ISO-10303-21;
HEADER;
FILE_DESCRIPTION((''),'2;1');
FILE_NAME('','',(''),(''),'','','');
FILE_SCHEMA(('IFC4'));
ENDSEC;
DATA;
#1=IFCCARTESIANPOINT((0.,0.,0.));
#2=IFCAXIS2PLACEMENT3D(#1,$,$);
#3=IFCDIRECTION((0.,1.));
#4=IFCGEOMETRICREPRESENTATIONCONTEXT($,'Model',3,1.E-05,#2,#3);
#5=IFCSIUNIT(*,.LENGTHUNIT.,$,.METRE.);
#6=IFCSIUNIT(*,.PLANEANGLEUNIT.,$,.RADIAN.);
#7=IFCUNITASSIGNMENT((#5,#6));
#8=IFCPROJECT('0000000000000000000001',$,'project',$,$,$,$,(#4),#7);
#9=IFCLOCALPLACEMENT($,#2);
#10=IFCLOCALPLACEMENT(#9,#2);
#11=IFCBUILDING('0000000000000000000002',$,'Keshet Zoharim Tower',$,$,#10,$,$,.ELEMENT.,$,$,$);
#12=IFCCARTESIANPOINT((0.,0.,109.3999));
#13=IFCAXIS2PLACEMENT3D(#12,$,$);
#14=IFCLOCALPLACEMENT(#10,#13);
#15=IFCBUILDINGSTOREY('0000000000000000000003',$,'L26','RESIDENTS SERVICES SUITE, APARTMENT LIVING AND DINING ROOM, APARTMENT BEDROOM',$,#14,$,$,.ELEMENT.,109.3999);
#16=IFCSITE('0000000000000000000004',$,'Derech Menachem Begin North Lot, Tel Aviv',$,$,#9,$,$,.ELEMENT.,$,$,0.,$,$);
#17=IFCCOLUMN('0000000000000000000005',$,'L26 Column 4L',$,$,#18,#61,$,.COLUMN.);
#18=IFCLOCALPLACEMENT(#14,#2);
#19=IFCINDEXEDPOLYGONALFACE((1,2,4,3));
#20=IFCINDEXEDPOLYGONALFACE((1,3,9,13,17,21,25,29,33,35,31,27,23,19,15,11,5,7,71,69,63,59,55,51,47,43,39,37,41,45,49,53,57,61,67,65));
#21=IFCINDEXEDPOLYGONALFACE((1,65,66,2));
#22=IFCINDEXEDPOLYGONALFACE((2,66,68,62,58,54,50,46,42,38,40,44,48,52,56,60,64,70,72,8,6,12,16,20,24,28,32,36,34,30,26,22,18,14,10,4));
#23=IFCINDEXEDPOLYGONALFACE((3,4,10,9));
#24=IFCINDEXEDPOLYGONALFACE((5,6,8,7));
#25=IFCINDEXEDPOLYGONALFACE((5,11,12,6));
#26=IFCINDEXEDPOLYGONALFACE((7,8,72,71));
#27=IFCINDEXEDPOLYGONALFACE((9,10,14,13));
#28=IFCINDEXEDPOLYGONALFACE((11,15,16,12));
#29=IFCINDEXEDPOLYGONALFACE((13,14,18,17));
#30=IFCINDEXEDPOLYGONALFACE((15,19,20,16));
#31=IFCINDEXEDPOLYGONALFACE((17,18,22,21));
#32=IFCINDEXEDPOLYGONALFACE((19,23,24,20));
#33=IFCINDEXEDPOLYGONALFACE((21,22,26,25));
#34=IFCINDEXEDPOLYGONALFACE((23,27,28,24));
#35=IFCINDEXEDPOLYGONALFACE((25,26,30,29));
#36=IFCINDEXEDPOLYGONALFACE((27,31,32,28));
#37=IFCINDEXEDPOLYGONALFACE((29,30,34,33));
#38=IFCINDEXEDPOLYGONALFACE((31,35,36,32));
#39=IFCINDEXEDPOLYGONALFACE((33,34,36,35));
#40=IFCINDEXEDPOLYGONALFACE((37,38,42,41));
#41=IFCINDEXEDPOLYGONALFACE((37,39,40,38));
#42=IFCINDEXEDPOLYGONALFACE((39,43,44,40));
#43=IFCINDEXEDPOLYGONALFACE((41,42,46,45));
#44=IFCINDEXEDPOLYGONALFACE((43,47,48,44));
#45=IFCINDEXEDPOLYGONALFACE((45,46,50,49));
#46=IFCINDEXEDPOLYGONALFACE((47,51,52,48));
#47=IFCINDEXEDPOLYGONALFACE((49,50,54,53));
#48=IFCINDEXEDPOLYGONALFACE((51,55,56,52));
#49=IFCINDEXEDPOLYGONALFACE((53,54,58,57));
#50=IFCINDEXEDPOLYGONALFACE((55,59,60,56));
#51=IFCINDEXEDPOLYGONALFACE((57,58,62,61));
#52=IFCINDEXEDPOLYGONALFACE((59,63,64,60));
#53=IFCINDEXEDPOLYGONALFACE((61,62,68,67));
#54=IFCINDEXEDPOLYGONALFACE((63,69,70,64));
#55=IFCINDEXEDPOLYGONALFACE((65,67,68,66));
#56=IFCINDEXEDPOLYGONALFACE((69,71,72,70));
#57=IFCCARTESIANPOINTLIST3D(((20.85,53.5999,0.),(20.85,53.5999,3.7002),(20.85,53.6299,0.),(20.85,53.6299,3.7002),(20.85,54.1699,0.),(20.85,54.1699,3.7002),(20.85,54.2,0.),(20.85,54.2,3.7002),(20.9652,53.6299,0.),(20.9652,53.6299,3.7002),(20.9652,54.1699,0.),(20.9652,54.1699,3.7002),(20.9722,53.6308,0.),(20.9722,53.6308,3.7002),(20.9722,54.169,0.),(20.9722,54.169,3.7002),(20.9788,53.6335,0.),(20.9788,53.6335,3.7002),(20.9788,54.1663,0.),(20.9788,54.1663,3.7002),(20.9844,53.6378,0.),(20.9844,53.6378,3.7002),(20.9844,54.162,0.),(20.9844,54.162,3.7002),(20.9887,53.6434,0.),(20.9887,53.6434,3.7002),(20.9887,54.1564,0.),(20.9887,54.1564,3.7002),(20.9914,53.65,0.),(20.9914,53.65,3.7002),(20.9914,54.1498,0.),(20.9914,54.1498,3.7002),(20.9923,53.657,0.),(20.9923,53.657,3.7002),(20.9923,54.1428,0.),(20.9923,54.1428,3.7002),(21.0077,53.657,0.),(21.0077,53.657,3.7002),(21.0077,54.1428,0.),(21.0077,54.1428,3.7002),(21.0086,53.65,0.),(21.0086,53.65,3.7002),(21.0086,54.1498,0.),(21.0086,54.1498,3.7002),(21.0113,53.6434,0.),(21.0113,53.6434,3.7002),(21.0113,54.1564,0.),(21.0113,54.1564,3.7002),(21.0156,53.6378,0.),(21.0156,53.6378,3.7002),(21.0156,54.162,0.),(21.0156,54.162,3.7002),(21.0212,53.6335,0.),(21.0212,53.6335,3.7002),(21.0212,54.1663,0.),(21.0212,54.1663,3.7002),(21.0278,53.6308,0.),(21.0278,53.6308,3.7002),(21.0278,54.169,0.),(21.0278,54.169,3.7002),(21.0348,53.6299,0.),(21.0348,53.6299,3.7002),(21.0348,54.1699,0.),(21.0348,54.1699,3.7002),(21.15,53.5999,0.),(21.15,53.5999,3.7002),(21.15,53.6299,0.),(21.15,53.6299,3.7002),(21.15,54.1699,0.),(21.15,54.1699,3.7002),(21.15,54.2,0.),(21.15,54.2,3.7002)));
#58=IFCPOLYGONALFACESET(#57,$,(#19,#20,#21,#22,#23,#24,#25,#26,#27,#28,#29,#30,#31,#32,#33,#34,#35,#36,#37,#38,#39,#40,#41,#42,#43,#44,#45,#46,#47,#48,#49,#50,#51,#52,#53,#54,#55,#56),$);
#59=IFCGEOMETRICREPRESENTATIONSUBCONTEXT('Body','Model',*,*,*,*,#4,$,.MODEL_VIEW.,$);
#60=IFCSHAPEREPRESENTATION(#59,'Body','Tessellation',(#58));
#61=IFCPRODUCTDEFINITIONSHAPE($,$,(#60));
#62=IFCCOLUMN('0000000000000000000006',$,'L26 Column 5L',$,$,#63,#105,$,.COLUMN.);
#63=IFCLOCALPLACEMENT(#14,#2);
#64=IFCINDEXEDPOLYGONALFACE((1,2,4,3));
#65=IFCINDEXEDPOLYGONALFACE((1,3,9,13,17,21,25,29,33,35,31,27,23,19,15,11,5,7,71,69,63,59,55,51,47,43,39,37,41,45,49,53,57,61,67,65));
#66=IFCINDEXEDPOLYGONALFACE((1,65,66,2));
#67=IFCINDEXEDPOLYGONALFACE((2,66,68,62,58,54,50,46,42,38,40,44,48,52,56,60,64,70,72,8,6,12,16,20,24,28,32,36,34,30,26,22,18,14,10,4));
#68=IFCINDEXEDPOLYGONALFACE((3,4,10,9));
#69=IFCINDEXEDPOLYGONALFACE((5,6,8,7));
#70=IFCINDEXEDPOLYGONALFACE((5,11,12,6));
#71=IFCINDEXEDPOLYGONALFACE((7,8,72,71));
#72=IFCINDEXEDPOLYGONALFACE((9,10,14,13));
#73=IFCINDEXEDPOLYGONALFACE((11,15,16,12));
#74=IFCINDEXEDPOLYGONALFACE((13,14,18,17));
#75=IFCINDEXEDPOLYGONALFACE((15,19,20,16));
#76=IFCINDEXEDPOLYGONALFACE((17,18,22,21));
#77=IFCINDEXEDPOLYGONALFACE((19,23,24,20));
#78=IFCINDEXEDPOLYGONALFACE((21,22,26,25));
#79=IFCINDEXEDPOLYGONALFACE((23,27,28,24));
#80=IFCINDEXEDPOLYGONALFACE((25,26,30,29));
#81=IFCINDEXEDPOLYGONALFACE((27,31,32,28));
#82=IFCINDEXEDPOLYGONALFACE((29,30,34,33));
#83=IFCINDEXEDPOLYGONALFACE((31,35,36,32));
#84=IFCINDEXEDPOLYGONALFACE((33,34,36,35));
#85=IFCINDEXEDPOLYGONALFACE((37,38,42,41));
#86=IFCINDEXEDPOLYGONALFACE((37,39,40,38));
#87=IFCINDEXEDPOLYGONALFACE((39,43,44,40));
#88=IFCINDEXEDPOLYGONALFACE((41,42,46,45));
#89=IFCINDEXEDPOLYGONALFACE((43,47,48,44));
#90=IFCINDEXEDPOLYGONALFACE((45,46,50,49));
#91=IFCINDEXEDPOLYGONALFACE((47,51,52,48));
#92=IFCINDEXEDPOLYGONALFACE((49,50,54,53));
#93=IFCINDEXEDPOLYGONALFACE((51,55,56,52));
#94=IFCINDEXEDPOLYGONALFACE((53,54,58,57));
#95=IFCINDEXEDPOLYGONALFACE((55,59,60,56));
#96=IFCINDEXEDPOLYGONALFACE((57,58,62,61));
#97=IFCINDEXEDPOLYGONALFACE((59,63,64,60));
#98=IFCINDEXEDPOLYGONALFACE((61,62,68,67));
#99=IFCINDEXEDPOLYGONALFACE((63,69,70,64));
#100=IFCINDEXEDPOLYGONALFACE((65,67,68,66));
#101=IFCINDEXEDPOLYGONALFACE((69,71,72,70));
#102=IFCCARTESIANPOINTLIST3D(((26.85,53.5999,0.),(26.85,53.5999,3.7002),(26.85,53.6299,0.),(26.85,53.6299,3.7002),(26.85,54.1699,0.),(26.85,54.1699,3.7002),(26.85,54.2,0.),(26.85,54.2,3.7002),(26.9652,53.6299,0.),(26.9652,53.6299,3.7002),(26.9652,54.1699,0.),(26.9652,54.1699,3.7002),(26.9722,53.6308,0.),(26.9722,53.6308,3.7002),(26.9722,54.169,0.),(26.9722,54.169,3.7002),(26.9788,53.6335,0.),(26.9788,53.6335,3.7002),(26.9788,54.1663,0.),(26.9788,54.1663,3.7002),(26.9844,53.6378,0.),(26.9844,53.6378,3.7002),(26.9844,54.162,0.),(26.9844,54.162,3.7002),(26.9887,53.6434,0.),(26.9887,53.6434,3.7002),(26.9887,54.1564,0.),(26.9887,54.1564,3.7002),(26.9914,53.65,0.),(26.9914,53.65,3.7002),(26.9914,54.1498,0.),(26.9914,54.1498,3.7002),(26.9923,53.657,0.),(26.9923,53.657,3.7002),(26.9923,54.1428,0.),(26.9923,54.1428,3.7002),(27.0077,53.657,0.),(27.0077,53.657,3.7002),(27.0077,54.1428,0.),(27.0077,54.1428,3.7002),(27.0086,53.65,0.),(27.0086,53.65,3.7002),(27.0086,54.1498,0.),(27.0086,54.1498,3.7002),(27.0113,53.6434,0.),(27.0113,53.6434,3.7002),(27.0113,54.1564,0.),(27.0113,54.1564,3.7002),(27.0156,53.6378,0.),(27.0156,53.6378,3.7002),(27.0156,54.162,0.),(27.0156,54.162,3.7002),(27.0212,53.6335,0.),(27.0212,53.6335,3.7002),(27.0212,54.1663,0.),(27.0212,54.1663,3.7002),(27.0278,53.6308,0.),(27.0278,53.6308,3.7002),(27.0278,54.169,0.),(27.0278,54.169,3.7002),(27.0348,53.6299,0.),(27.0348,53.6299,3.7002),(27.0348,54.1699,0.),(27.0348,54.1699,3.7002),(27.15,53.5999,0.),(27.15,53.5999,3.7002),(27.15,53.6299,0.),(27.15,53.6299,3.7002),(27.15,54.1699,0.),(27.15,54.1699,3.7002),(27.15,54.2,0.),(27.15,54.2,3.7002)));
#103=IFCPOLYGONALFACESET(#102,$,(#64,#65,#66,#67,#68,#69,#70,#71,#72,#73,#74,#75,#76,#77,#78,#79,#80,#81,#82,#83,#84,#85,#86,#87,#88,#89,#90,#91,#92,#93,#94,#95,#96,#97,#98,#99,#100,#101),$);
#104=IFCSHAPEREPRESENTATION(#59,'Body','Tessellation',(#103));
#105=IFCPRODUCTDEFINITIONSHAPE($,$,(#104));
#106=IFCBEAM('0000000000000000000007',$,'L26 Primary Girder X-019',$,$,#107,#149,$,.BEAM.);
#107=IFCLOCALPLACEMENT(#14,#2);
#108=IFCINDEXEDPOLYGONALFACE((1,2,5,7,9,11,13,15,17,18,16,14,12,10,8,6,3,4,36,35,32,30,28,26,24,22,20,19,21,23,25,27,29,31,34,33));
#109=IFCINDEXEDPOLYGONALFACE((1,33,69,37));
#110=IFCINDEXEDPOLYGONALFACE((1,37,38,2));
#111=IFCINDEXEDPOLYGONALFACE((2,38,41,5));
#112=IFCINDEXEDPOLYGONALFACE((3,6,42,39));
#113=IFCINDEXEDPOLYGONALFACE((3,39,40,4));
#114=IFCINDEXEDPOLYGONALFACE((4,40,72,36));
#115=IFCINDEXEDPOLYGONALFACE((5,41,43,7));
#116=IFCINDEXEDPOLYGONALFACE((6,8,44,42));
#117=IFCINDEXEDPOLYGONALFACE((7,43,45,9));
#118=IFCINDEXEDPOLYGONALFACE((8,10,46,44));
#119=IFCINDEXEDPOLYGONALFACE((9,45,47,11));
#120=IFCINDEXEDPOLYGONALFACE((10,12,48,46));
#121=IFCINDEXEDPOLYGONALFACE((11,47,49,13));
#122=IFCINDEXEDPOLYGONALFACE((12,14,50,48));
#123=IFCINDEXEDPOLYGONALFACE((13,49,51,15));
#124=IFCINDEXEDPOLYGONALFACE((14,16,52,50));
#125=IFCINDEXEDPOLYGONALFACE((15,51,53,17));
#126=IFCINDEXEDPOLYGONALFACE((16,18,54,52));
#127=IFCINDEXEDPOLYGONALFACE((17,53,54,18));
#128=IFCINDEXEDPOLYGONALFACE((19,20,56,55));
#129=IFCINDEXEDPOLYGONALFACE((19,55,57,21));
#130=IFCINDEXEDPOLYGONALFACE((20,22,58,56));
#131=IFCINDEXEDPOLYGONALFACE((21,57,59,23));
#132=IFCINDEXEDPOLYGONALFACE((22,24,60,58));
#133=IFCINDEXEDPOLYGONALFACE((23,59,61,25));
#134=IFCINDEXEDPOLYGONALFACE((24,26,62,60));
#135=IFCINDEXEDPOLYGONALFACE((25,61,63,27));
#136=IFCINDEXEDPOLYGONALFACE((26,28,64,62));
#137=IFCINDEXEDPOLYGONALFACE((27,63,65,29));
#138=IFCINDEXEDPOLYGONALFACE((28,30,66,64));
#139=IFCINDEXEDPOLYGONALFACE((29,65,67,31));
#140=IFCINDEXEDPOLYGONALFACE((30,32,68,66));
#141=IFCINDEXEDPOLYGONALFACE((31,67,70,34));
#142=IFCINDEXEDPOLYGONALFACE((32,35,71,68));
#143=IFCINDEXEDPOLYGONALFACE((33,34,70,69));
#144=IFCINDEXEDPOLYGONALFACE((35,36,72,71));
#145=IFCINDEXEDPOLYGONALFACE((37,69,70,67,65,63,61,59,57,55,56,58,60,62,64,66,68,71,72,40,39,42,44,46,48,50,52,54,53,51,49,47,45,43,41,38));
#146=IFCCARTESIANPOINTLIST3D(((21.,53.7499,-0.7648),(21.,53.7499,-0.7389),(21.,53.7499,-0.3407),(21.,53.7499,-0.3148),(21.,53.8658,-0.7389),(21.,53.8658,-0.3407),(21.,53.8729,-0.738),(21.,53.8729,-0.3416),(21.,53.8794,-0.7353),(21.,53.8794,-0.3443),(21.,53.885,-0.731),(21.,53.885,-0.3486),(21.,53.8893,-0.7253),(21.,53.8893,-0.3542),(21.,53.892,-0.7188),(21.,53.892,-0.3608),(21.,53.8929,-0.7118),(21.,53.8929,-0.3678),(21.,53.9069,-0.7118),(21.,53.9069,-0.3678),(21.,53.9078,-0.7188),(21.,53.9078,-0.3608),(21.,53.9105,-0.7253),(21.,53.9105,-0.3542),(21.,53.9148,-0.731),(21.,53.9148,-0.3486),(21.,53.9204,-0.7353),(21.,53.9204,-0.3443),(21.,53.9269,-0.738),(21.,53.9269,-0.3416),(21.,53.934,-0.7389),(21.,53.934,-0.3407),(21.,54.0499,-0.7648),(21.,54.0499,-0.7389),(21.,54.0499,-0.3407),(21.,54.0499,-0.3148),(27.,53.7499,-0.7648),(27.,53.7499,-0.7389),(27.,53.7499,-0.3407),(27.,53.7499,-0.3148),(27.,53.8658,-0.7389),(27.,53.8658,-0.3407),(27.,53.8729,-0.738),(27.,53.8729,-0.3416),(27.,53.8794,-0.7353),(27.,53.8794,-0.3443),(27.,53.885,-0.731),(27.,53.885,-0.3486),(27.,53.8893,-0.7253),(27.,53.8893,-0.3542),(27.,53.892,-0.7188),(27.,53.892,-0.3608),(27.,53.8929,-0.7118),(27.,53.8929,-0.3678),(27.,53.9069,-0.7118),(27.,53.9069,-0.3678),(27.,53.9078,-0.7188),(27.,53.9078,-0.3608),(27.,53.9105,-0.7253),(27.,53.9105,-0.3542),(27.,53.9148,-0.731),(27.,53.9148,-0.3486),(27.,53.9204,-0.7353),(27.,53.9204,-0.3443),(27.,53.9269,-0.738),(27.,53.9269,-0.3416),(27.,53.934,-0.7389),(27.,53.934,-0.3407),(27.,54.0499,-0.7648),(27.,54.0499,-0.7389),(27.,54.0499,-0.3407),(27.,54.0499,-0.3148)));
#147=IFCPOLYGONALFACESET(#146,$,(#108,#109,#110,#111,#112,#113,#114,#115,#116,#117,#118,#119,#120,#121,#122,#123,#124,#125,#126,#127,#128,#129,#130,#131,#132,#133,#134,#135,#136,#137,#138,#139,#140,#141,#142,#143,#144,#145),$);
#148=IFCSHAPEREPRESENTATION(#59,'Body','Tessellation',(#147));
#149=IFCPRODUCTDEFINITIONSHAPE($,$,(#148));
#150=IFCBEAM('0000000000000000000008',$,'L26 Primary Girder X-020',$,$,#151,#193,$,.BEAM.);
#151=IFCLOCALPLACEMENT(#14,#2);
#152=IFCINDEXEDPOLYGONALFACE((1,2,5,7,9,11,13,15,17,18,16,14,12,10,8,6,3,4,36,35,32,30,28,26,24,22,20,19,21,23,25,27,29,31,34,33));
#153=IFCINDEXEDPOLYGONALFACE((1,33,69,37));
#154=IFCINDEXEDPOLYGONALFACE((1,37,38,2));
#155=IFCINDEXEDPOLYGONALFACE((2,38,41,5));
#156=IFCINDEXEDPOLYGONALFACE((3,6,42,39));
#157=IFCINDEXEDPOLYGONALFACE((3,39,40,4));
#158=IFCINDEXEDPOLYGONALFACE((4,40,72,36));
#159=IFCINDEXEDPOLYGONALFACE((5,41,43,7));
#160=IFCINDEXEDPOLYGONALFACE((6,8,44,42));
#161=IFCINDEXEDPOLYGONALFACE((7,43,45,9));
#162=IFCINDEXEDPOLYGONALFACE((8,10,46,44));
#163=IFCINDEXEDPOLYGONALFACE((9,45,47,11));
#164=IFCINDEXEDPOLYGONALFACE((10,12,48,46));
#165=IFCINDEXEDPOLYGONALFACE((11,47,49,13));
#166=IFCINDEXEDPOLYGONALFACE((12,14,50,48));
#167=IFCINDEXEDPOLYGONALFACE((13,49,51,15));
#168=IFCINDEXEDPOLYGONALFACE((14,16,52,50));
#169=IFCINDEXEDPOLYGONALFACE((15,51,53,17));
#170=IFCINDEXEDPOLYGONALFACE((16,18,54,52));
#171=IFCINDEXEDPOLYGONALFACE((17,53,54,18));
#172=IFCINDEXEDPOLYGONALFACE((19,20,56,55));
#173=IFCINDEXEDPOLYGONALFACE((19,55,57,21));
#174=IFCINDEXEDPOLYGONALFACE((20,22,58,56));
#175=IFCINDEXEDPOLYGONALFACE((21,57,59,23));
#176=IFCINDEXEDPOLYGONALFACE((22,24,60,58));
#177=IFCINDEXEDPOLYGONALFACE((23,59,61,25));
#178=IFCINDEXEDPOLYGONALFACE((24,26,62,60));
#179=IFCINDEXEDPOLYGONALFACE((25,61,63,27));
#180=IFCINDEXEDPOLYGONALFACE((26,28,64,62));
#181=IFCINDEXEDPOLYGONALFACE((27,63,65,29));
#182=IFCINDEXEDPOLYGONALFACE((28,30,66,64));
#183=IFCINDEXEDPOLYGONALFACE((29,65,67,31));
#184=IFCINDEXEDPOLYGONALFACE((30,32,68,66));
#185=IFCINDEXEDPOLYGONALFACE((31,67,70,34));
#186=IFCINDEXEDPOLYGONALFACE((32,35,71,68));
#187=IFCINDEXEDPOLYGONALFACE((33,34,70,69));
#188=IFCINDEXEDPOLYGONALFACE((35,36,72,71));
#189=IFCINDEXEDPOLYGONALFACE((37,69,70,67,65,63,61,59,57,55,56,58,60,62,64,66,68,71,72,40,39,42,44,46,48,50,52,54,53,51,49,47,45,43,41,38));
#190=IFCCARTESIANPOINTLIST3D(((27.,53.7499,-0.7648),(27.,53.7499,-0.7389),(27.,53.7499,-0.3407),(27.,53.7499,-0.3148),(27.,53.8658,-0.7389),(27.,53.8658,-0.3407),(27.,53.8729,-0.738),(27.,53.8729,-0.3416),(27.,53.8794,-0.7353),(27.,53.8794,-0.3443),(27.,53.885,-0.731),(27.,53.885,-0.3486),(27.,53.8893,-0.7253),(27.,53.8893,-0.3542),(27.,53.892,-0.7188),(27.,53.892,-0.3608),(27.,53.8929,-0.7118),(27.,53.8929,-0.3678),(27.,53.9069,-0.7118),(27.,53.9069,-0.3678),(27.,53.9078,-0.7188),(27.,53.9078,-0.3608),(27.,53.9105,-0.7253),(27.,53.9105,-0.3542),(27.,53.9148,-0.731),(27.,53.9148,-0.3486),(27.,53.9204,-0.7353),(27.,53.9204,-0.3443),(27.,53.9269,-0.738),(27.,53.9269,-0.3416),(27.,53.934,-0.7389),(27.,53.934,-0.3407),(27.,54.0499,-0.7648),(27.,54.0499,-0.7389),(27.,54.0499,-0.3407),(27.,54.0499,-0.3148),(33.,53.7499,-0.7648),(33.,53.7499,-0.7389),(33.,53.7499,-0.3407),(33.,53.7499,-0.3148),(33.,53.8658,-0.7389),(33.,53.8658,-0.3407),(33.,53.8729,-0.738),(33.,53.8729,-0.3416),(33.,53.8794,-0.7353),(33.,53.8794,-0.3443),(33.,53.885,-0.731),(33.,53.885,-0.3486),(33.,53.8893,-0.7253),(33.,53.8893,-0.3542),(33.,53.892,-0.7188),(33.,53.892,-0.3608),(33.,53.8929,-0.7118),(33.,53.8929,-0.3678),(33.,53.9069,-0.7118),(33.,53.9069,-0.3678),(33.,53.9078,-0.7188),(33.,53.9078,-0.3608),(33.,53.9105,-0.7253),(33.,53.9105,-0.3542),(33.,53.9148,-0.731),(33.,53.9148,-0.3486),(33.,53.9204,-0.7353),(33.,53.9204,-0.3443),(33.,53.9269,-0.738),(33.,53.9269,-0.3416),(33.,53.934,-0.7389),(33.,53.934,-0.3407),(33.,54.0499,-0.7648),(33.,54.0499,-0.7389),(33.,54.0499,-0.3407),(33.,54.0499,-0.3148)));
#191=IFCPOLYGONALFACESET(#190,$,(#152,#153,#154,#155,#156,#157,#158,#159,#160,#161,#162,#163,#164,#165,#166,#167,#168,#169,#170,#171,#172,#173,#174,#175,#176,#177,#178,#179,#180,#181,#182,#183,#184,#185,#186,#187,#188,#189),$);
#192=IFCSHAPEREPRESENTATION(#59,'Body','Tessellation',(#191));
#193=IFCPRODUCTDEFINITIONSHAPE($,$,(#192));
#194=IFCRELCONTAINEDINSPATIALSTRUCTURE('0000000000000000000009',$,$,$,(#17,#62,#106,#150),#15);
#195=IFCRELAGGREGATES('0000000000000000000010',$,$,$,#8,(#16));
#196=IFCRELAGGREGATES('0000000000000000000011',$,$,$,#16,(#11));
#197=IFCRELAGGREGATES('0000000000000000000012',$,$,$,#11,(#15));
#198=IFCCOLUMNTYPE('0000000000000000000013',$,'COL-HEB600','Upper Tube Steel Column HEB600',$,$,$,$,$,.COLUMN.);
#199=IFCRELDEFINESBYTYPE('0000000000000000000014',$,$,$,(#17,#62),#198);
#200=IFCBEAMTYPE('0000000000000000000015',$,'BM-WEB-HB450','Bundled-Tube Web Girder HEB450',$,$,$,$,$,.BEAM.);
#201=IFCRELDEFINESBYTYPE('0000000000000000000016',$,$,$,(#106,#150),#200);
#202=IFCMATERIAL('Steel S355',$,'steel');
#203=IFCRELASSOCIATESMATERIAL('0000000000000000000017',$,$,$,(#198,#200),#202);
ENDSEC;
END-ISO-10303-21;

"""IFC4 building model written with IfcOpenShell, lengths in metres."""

from ifc_helpers import new_model, si_unit, direction, frame, origin, origin_2d, place, context, subcontext, project, spatial, i_section, extrude, material, material_profile, profile_set, type_object, element, save


model = new_model("IFC4")

# Units and contexts
model_context = context("Model", 3, precision=1e-05, world=origin(), true_north=direction((0.0, 1.0)))
body_context = subcontext(model_context, "Body", "Model", "MODEL_VIEW")
ifc_project = project(units=[si_unit("LENGTHUNIT", "METRE"), si_unit("PLANEANGLEUNIT", "RADIAN")], contexts=[model_context])

# Site, building, storey
site_placement = place(None, origin())
site = spatial("IfcSite", under=ifc_project, at=site_placement, Name="Derech Menachem Begin North Lot, Tel Aviv", CompositionType="ELEMENT", RefElevation=0.0)
building_placement = place(site_placement, origin())
building = spatial("IfcBuilding", under=site, at=building_placement, Name="Keshet Zoharim Tower", CompositionType="ELEMENT")
storey_placement = place(building_placement, frame((0.0, 0.0, 109.3999)))
storey = spatial("IfcBuildingStorey", under=building, at=storey_placement, Name="L26", Description="RESIDENTS SERVICES SUITE, APARTMENT LIVING AND DINING ROOM, APARTMENT BEDROOM", CompositionType="ELEMENT", Elevation=109.3999)

# Columns
ifc_material_1 = material(Name="Steel S355", Category="steel")
ifc_material_profile_1 = material_profile(ifc_material_1, i_section(OverallWidth=0.3, OverallDepth=0.6001, WebThickness=0.0154, FlangeThickness=0.03, FilletRadius=0.0271, at=origin_2d()), Name="HEB600")
ifc_profile_set_1 = profile_set([ifc_material_profile_1], Name="Steel S355")
column_type = type_object("IfcColumnType", Name="COL-HEB600", Description="Upper Tube Steel Column HEB600", PredefinedType="COLUMN", material=ifc_profile_set_1)
for number, where, z_axis, x_axis, name in (
    (1, (21.0, 53.8999, 0.0), (0.0, 0.0, 1.0), (1.0, 0.0, 0.0), "L26 Column 4L"),
    (2, (27.0, 53.8999, 0.0), (0.0, 0.0, 1.0), (1.0, 0.0, 0.0), "L26 Column 5L"),
):
    element("IfcColumn", number, at=place(storey_placement, frame(where, z_axis=z_axis, x_axis=x_axis)), inside=storey, type_object=column_type, Name=name, PredefinedType="COLUMN", context=body_context, shape_type="SweptSolid", body=[
        extrude(i_section(OverallWidth=0.3, OverallDepth=0.6001, WebThickness=0.0154, FlangeThickness=0.03, FilletRadius=0.0271, at=origin_2d()), origin(), (0.0, 0.0, 1.0), 3.7002),
    ])

# Beams
ifc_material_profile_2 = material_profile(ifc_material_1, i_section(OverallWidth=0.3, OverallDepth=0.45, WebThickness=0.0139, FlangeThickness=0.0259, FilletRadius=0.0271, at=origin_2d()), Name="HEB450")
ifc_profile_set_2 = profile_set([ifc_material_profile_2], Name="Steel S355")
beam_type = type_object("IfcBeamType", Name="BM-WEB-HB450", Description="Bundled-Tube Web Girder HEB450", PredefinedType="BEAM", material=ifc_profile_set_2)
for number, where, z_axis, x_axis, name in (
    (3, (21.0, 53.8999, -0.5398), (1.0, 0.0, 0.0), (0.0, 1.0, 0.0), "L26 Primary Girder X-019"),
    (4, (27.0, 53.8999, -0.5398), (1.0, 0.0, 0.0), (0.0, 1.0, 0.0), "L26 Primary Girder X-020"),
):
    element("IfcBeam", number, at=place(storey_placement, frame(where, z_axis=z_axis, x_axis=x_axis)), inside=storey, type_object=beam_type, Name=name, PredefinedType="BEAM", context=body_context, shape_type="SweptSolid", body=[
        extrude(i_section(OverallWidth=0.3, OverallDepth=0.45, WebThickness=0.0139, FlangeThickness=0.0259, FilletRadius=0.0271, at=origin_2d()), origin(), (0.0, 0.0, 1.0), 6.0),
    ])

save(model, "model.ifc")
